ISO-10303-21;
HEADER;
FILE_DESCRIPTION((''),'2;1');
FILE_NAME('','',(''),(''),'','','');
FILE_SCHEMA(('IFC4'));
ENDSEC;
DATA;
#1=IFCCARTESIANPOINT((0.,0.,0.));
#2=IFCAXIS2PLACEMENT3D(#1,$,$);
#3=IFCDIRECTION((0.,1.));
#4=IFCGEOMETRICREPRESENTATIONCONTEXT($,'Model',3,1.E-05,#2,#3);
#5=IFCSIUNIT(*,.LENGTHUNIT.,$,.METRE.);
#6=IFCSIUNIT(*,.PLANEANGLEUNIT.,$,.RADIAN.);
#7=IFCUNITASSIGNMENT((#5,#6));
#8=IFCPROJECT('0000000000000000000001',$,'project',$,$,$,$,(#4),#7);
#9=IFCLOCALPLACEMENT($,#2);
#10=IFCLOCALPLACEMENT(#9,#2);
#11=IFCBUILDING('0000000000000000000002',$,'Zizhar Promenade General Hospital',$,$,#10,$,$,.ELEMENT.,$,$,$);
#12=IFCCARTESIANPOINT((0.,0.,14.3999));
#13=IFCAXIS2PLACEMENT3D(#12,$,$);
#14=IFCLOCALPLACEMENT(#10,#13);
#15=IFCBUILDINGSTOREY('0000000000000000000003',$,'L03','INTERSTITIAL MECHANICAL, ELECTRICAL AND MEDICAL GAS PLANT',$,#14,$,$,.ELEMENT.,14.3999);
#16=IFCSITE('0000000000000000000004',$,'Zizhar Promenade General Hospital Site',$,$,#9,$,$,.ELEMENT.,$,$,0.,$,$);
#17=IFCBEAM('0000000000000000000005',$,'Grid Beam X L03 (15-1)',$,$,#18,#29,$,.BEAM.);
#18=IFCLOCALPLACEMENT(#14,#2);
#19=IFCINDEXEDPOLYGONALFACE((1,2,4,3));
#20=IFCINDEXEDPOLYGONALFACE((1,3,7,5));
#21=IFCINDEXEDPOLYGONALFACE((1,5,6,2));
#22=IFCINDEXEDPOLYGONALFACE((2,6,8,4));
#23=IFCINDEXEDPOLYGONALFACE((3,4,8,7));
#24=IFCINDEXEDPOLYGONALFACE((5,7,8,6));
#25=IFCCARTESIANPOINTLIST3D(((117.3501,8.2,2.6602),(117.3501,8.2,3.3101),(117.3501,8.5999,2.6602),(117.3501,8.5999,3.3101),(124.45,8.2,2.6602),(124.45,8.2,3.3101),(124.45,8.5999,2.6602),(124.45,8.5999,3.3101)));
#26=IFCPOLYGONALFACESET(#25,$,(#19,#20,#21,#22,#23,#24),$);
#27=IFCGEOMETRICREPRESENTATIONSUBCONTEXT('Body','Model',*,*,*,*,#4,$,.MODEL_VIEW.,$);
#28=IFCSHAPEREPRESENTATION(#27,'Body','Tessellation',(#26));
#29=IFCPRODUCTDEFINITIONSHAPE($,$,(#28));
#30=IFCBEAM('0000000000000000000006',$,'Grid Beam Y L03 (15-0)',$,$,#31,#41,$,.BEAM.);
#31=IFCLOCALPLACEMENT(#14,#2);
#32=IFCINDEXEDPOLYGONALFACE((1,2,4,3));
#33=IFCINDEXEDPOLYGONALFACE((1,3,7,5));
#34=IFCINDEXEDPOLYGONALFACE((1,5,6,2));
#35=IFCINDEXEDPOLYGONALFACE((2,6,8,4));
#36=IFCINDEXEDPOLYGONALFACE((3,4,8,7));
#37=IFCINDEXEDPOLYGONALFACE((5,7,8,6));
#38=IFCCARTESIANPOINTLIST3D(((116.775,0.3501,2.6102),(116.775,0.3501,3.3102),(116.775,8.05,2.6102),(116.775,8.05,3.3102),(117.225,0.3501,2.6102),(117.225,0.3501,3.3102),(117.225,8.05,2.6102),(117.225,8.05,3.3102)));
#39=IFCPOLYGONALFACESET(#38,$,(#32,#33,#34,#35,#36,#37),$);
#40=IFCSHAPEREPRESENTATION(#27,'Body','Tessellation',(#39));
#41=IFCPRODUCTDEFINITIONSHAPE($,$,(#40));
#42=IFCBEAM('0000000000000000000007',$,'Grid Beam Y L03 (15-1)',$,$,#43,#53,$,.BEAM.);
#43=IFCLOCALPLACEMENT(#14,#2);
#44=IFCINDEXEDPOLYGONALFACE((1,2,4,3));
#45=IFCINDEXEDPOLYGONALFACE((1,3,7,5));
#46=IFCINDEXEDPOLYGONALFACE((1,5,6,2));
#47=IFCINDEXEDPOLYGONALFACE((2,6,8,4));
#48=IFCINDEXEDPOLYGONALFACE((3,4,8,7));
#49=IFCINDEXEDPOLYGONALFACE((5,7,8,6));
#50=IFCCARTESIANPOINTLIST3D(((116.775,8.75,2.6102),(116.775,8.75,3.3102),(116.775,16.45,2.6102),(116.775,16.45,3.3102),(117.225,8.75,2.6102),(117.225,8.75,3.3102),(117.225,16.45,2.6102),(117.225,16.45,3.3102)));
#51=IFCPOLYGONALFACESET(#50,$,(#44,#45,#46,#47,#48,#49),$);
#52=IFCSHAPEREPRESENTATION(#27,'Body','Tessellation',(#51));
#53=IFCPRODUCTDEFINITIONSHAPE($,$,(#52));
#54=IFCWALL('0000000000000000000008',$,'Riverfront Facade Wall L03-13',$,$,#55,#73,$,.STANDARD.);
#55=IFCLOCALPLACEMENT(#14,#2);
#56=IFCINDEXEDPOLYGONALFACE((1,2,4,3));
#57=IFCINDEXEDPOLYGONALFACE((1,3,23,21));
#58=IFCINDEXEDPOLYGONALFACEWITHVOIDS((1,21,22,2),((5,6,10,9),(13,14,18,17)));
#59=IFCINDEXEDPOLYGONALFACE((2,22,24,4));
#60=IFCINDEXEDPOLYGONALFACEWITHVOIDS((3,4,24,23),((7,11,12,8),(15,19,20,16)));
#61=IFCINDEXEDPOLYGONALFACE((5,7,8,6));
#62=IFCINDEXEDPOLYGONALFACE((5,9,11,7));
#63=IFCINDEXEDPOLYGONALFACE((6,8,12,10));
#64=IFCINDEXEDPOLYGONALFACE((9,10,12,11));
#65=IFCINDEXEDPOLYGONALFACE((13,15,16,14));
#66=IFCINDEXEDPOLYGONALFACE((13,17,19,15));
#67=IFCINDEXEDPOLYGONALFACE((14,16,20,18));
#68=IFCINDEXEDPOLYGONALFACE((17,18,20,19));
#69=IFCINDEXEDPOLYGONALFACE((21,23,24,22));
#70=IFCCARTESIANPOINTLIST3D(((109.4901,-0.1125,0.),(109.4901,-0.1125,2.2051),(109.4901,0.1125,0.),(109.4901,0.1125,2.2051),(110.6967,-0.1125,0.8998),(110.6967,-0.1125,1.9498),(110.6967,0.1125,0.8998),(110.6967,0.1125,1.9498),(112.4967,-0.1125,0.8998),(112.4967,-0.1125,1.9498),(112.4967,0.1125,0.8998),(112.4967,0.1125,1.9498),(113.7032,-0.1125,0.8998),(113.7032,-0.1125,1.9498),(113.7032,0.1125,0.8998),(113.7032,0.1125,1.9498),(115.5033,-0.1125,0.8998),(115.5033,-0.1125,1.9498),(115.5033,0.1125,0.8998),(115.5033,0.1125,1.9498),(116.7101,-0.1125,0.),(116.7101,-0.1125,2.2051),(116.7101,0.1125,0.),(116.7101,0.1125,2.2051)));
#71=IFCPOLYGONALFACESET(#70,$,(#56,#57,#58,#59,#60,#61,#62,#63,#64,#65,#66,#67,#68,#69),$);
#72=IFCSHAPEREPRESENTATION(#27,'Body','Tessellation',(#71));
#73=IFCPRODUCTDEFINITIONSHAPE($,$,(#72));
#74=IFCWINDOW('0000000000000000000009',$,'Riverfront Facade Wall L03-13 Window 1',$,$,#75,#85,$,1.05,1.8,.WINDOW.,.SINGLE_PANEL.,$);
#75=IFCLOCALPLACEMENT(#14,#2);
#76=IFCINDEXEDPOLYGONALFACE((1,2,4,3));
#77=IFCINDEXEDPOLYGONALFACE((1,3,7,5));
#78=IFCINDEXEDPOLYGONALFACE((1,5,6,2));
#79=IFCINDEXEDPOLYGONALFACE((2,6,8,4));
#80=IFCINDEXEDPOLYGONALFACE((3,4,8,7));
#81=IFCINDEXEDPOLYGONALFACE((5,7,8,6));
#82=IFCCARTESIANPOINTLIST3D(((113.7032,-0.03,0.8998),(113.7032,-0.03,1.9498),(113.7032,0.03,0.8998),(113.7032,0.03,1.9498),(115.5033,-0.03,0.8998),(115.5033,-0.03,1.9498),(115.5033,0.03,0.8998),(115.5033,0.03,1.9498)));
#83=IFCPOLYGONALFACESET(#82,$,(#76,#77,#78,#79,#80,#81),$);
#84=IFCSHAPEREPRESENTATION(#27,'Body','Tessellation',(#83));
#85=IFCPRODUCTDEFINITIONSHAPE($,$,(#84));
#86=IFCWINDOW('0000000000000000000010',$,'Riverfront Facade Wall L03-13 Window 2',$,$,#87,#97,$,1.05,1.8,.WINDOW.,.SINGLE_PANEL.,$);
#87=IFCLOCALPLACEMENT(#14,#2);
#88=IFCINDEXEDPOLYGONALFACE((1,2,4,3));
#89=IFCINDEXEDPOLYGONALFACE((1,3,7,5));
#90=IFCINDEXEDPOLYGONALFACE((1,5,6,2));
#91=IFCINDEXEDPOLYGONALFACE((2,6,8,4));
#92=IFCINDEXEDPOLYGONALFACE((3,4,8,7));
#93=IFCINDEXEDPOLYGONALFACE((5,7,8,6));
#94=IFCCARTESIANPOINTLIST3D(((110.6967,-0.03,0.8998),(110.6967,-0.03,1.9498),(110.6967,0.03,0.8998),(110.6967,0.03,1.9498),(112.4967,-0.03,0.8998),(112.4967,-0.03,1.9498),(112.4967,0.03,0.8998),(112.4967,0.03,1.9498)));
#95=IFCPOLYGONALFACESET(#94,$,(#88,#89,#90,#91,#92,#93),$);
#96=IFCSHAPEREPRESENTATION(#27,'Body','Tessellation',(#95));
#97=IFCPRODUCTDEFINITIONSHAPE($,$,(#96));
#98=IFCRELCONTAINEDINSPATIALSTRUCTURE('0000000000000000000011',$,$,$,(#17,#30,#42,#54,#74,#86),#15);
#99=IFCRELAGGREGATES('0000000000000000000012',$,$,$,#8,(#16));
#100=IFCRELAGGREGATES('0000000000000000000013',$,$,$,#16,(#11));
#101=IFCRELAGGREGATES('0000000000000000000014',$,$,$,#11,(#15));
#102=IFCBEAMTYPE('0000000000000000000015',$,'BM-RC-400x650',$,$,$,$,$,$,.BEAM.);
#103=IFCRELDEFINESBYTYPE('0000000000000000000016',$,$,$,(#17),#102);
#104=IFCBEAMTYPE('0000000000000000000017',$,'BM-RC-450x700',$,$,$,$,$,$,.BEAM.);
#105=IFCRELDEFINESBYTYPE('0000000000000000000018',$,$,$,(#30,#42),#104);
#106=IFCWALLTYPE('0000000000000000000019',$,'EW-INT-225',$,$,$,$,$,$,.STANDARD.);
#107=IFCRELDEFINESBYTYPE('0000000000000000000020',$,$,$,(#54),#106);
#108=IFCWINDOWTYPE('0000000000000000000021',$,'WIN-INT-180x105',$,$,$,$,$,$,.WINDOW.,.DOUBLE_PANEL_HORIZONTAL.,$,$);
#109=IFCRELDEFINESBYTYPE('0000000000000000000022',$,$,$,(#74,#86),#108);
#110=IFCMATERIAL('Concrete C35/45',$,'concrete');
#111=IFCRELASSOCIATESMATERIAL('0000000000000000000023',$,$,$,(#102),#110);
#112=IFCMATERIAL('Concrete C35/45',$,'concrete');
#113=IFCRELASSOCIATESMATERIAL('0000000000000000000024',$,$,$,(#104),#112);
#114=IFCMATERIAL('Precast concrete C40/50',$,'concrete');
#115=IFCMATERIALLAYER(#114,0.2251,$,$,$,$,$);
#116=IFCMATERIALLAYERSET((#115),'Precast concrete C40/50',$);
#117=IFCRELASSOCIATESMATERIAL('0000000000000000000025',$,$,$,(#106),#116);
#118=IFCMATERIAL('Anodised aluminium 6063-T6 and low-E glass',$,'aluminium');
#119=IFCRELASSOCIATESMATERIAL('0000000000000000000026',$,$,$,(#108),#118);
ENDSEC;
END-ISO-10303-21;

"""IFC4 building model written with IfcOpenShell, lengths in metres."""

from ifc_helpers import new_model, si_unit, direction, frame, frame_2d, origin, origin_2d, place, context, subcontext, project, spatial, rectangle, extrude, material, layer, layer_set, material_profile, profile_set, type_object, element, fill, save


model = new_model("IFC4")

# Units and contexts
model_context = context("Model", 3, precision=1e-05, world=origin(), true_north=direction((0.0, 1.0)))
body_context = subcontext(model_context, "Body", "Model", "MODEL_VIEW")
ifc_project = project(units=[si_unit("LENGTHUNIT", "METRE"), si_unit("PLANEANGLEUNIT", "RADIAN")], contexts=[model_context])

# Site, building, storey
site_placement = place(None, origin())
site = spatial("IfcSite", under=ifc_project, at=site_placement, Name="Zizhar Promenade General Hospital Site", CompositionType="ELEMENT", RefElevation=0.0)
building_placement = place(site_placement, origin())
building = spatial("IfcBuilding", under=site, at=building_placement, Name="Zizhar Promenade General Hospital", CompositionType="ELEMENT")
storey_placement = place(building_placement, frame((0.0, 0.0, 14.3999)))
storey = spatial("IfcBuildingStorey", under=building, at=storey_placement, Name="L03", Description="INTERSTITIAL MECHANICAL, ELECTRICAL AND MEDICAL GAS PLANT", CompositionType="ELEMENT", Elevation=14.3999)

# Beams
ifc_material_1 = material(Name="Concrete C35/45", Category="concrete")
ifc_material_profile_1 = material_profile(ifc_material_1, rectangle(XDim=0.3999, YDim=0.6499, at=origin_2d()))
ifc_profile_set_1 = profile_set([ifc_material_profile_1], Name="Concrete C35/45")
beam_type_1 = type_object("IfcBeamType", Name="BM-RC-400x650", PredefinedType="BEAM", material=ifc_profile_set_1)
for number, where, z_axis, x_axis, name in (
    (1, (117.3501, 8.3999, 2.9851), (1.0, 0.0, 0.0), (0.0, 1.0, 0.0), "Grid Beam X L03 (15-1)"),
):
    element("IfcBeam", number, at=place(storey_placement, frame(where, z_axis=z_axis, x_axis=x_axis)), inside=storey, type_object=beam_type_1, Name=name, PredefinedType="BEAM", context=body_context, shape_type="SweptSolid", body=[
        extrude(rectangle(XDim=0.3999, YDim=0.6499, at=origin_2d()), origin(), (0.0, 0.0, 1.0), 7.0999),
    ])
ifc_material_2 = material(Name="Concrete C35/45", Category="concrete")
ifc_material_profile_2 = material_profile(ifc_material_2, rectangle(XDim=0.45, YDim=0.7, at=origin_2d()))
ifc_profile_set_2 = profile_set([ifc_material_profile_2], Name="Concrete C35/45")
beam_type_2 = type_object("IfcBeamType", Name="BM-RC-450x700", PredefinedType="BEAM", material=ifc_profile_set_2)
for number, where, z_axis, x_axis, name in (
    (2, (117.0, 0.3501, 2.9602), (0.0, 1.0, 0.0), (-1.0, 0.0, 0.0), "Grid Beam Y L03 (15-0)"),
    (3, (117.0, 8.75, 2.9602), (0.0, 1.0, 0.0), (-1.0, 0.0, 0.0), "Grid Beam Y L03 (15-1)"),
):
    element("IfcBeam", number, at=place(storey_placement, frame(where, z_axis=z_axis, x_axis=x_axis)), inside=storey, type_object=beam_type_2, Name=name, PredefinedType="BEAM", context=body_context, shape_type="SweptSolid", body=[
        extrude(rectangle(XDim=0.45, YDim=0.7, at=origin_2d()), origin(), (0.0, 0.0, 1.0), 7.7),
    ])

# Wall, openings, windows
ifc_material_3 = material(Name="Precast concrete C40/50", Category="concrete")
ifc_layer = layer(ifc_material_3, 0.2251)
ifc_layer_set = layer_set([ifc_layer], Name="Precast concrete C40/50")
wall_type = type_object("IfcWallType", Name="EW-INT-225", PredefinedType="STANDARD", material=ifc_layer_set)
wall_placement = place(storey_placement, frame((116.71, 0.0, 0.0), z_axis=(0.0, 0.0, 1.0), x_axis=(-1.0, 0.0, 0.0)))
wall = element("IfcWall", 4, at=wall_placement, inside=storey, type_object=wall_type, Name="Riverfront Facade Wall L03-13", PredefinedType="STANDARD", context=body_context, shape_type="SweptSolid", body=[
    extrude(rectangle(XDim=7.22, YDim=0.2251, at=frame_2d((3.6099, 0.0))), origin(), (0.0, 0.0, 1.0), 2.2051),
])
opening_1_placement = place(wall_placement, frame((1.2068, 0.0, 0.8999)))
opening_1 = element("IfcOpeningElement", 5, at=opening_1_placement, cuts=wall, PredefinedType="OPENING", context=body_context, shape_type="SweptSolid", body=[
    extrude(rectangle(XDim=1.8, YDim=1.05, at=frame_2d((0.8999, 0.5249))), frame((0.0, 0.1226, 0.0), z_axis=(0.0, -1.0, 0.0), x_axis=(1.0, 0.0, 0.0)), (0.0, 0.0, 1.0), 0.2451),
])
opening_2_placement = place(wall_placement, frame((4.2134, 0.0, 0.8999)))
opening_2 = element("IfcOpeningElement", 6, at=opening_2_placement, cuts=wall, PredefinedType="OPENING", context=body_context, shape_type="SweptSolid", body=[
    extrude(rectangle(XDim=1.8, YDim=1.05, at=frame_2d((0.8999, 0.5249))), frame((0.0, 0.1226, 0.0), z_axis=(0.0, -1.0, 0.0), x_axis=(1.0, 0.0, 0.0)), (0.0, 0.0, 1.0), 0.2451),
])
ifc_material_4 = material(Name="Anodised aluminium 6063-T6 and low-E glass", Category="aluminium")
window_type = type_object("IfcWindowType", Name="WIN-INT-180x105", PartitioningType="DOUBLE_PANEL_HORIZONTAL", PredefinedType="WINDOW", material=ifc_material_4)
window_1_placement = place(opening_1_placement, origin())
window_1 = element("IfcWindow", 7, at=window_1_placement, inside=storey, type_object=window_type, Name="Riverfront Facade Wall L03-13 Window 1", OverallHeight=1.05, OverallWidth=1.8, PartitioningType="SINGLE_PANEL", PredefinedType="WINDOW", context=body_context, shape_type="SweptSolid", body=[
    extrude(rectangle(XDim=1.8, YDim=1.05, at=frame_2d((0.8999, 0.5249))), frame((0.0, 0.03, 0.0), z_axis=(0.0, -1.0, 0.0), x_axis=(1.0, 0.0, 0.0)), (0.0, 0.0, 1.0), 0.0601),
])
fill(opening_1, window_1)
window_2_placement = place(opening_2_placement, origin())
window_2 = element("IfcWindow", 8, at=window_2_placement, inside=storey, type_object=window_type, Name="Riverfront Facade Wall L03-13 Window 2", OverallHeight=1.05, OverallWidth=1.8, PartitioningType="SINGLE_PANEL", PredefinedType="WINDOW", context=body_context, shape_type="SweptSolid", body=[
    extrude(rectangle(XDim=1.8, YDim=1.05, at=frame_2d((0.8999, 0.5249))), frame((0.0, 0.03, 0.0), z_axis=(0.0, -1.0, 0.0), x_axis=(1.0, 0.0, 0.0)), (0.0, 0.0, 1.0), 0.0601),
])
fill(opening_2, window_2)

save(model, "model.ifc")
